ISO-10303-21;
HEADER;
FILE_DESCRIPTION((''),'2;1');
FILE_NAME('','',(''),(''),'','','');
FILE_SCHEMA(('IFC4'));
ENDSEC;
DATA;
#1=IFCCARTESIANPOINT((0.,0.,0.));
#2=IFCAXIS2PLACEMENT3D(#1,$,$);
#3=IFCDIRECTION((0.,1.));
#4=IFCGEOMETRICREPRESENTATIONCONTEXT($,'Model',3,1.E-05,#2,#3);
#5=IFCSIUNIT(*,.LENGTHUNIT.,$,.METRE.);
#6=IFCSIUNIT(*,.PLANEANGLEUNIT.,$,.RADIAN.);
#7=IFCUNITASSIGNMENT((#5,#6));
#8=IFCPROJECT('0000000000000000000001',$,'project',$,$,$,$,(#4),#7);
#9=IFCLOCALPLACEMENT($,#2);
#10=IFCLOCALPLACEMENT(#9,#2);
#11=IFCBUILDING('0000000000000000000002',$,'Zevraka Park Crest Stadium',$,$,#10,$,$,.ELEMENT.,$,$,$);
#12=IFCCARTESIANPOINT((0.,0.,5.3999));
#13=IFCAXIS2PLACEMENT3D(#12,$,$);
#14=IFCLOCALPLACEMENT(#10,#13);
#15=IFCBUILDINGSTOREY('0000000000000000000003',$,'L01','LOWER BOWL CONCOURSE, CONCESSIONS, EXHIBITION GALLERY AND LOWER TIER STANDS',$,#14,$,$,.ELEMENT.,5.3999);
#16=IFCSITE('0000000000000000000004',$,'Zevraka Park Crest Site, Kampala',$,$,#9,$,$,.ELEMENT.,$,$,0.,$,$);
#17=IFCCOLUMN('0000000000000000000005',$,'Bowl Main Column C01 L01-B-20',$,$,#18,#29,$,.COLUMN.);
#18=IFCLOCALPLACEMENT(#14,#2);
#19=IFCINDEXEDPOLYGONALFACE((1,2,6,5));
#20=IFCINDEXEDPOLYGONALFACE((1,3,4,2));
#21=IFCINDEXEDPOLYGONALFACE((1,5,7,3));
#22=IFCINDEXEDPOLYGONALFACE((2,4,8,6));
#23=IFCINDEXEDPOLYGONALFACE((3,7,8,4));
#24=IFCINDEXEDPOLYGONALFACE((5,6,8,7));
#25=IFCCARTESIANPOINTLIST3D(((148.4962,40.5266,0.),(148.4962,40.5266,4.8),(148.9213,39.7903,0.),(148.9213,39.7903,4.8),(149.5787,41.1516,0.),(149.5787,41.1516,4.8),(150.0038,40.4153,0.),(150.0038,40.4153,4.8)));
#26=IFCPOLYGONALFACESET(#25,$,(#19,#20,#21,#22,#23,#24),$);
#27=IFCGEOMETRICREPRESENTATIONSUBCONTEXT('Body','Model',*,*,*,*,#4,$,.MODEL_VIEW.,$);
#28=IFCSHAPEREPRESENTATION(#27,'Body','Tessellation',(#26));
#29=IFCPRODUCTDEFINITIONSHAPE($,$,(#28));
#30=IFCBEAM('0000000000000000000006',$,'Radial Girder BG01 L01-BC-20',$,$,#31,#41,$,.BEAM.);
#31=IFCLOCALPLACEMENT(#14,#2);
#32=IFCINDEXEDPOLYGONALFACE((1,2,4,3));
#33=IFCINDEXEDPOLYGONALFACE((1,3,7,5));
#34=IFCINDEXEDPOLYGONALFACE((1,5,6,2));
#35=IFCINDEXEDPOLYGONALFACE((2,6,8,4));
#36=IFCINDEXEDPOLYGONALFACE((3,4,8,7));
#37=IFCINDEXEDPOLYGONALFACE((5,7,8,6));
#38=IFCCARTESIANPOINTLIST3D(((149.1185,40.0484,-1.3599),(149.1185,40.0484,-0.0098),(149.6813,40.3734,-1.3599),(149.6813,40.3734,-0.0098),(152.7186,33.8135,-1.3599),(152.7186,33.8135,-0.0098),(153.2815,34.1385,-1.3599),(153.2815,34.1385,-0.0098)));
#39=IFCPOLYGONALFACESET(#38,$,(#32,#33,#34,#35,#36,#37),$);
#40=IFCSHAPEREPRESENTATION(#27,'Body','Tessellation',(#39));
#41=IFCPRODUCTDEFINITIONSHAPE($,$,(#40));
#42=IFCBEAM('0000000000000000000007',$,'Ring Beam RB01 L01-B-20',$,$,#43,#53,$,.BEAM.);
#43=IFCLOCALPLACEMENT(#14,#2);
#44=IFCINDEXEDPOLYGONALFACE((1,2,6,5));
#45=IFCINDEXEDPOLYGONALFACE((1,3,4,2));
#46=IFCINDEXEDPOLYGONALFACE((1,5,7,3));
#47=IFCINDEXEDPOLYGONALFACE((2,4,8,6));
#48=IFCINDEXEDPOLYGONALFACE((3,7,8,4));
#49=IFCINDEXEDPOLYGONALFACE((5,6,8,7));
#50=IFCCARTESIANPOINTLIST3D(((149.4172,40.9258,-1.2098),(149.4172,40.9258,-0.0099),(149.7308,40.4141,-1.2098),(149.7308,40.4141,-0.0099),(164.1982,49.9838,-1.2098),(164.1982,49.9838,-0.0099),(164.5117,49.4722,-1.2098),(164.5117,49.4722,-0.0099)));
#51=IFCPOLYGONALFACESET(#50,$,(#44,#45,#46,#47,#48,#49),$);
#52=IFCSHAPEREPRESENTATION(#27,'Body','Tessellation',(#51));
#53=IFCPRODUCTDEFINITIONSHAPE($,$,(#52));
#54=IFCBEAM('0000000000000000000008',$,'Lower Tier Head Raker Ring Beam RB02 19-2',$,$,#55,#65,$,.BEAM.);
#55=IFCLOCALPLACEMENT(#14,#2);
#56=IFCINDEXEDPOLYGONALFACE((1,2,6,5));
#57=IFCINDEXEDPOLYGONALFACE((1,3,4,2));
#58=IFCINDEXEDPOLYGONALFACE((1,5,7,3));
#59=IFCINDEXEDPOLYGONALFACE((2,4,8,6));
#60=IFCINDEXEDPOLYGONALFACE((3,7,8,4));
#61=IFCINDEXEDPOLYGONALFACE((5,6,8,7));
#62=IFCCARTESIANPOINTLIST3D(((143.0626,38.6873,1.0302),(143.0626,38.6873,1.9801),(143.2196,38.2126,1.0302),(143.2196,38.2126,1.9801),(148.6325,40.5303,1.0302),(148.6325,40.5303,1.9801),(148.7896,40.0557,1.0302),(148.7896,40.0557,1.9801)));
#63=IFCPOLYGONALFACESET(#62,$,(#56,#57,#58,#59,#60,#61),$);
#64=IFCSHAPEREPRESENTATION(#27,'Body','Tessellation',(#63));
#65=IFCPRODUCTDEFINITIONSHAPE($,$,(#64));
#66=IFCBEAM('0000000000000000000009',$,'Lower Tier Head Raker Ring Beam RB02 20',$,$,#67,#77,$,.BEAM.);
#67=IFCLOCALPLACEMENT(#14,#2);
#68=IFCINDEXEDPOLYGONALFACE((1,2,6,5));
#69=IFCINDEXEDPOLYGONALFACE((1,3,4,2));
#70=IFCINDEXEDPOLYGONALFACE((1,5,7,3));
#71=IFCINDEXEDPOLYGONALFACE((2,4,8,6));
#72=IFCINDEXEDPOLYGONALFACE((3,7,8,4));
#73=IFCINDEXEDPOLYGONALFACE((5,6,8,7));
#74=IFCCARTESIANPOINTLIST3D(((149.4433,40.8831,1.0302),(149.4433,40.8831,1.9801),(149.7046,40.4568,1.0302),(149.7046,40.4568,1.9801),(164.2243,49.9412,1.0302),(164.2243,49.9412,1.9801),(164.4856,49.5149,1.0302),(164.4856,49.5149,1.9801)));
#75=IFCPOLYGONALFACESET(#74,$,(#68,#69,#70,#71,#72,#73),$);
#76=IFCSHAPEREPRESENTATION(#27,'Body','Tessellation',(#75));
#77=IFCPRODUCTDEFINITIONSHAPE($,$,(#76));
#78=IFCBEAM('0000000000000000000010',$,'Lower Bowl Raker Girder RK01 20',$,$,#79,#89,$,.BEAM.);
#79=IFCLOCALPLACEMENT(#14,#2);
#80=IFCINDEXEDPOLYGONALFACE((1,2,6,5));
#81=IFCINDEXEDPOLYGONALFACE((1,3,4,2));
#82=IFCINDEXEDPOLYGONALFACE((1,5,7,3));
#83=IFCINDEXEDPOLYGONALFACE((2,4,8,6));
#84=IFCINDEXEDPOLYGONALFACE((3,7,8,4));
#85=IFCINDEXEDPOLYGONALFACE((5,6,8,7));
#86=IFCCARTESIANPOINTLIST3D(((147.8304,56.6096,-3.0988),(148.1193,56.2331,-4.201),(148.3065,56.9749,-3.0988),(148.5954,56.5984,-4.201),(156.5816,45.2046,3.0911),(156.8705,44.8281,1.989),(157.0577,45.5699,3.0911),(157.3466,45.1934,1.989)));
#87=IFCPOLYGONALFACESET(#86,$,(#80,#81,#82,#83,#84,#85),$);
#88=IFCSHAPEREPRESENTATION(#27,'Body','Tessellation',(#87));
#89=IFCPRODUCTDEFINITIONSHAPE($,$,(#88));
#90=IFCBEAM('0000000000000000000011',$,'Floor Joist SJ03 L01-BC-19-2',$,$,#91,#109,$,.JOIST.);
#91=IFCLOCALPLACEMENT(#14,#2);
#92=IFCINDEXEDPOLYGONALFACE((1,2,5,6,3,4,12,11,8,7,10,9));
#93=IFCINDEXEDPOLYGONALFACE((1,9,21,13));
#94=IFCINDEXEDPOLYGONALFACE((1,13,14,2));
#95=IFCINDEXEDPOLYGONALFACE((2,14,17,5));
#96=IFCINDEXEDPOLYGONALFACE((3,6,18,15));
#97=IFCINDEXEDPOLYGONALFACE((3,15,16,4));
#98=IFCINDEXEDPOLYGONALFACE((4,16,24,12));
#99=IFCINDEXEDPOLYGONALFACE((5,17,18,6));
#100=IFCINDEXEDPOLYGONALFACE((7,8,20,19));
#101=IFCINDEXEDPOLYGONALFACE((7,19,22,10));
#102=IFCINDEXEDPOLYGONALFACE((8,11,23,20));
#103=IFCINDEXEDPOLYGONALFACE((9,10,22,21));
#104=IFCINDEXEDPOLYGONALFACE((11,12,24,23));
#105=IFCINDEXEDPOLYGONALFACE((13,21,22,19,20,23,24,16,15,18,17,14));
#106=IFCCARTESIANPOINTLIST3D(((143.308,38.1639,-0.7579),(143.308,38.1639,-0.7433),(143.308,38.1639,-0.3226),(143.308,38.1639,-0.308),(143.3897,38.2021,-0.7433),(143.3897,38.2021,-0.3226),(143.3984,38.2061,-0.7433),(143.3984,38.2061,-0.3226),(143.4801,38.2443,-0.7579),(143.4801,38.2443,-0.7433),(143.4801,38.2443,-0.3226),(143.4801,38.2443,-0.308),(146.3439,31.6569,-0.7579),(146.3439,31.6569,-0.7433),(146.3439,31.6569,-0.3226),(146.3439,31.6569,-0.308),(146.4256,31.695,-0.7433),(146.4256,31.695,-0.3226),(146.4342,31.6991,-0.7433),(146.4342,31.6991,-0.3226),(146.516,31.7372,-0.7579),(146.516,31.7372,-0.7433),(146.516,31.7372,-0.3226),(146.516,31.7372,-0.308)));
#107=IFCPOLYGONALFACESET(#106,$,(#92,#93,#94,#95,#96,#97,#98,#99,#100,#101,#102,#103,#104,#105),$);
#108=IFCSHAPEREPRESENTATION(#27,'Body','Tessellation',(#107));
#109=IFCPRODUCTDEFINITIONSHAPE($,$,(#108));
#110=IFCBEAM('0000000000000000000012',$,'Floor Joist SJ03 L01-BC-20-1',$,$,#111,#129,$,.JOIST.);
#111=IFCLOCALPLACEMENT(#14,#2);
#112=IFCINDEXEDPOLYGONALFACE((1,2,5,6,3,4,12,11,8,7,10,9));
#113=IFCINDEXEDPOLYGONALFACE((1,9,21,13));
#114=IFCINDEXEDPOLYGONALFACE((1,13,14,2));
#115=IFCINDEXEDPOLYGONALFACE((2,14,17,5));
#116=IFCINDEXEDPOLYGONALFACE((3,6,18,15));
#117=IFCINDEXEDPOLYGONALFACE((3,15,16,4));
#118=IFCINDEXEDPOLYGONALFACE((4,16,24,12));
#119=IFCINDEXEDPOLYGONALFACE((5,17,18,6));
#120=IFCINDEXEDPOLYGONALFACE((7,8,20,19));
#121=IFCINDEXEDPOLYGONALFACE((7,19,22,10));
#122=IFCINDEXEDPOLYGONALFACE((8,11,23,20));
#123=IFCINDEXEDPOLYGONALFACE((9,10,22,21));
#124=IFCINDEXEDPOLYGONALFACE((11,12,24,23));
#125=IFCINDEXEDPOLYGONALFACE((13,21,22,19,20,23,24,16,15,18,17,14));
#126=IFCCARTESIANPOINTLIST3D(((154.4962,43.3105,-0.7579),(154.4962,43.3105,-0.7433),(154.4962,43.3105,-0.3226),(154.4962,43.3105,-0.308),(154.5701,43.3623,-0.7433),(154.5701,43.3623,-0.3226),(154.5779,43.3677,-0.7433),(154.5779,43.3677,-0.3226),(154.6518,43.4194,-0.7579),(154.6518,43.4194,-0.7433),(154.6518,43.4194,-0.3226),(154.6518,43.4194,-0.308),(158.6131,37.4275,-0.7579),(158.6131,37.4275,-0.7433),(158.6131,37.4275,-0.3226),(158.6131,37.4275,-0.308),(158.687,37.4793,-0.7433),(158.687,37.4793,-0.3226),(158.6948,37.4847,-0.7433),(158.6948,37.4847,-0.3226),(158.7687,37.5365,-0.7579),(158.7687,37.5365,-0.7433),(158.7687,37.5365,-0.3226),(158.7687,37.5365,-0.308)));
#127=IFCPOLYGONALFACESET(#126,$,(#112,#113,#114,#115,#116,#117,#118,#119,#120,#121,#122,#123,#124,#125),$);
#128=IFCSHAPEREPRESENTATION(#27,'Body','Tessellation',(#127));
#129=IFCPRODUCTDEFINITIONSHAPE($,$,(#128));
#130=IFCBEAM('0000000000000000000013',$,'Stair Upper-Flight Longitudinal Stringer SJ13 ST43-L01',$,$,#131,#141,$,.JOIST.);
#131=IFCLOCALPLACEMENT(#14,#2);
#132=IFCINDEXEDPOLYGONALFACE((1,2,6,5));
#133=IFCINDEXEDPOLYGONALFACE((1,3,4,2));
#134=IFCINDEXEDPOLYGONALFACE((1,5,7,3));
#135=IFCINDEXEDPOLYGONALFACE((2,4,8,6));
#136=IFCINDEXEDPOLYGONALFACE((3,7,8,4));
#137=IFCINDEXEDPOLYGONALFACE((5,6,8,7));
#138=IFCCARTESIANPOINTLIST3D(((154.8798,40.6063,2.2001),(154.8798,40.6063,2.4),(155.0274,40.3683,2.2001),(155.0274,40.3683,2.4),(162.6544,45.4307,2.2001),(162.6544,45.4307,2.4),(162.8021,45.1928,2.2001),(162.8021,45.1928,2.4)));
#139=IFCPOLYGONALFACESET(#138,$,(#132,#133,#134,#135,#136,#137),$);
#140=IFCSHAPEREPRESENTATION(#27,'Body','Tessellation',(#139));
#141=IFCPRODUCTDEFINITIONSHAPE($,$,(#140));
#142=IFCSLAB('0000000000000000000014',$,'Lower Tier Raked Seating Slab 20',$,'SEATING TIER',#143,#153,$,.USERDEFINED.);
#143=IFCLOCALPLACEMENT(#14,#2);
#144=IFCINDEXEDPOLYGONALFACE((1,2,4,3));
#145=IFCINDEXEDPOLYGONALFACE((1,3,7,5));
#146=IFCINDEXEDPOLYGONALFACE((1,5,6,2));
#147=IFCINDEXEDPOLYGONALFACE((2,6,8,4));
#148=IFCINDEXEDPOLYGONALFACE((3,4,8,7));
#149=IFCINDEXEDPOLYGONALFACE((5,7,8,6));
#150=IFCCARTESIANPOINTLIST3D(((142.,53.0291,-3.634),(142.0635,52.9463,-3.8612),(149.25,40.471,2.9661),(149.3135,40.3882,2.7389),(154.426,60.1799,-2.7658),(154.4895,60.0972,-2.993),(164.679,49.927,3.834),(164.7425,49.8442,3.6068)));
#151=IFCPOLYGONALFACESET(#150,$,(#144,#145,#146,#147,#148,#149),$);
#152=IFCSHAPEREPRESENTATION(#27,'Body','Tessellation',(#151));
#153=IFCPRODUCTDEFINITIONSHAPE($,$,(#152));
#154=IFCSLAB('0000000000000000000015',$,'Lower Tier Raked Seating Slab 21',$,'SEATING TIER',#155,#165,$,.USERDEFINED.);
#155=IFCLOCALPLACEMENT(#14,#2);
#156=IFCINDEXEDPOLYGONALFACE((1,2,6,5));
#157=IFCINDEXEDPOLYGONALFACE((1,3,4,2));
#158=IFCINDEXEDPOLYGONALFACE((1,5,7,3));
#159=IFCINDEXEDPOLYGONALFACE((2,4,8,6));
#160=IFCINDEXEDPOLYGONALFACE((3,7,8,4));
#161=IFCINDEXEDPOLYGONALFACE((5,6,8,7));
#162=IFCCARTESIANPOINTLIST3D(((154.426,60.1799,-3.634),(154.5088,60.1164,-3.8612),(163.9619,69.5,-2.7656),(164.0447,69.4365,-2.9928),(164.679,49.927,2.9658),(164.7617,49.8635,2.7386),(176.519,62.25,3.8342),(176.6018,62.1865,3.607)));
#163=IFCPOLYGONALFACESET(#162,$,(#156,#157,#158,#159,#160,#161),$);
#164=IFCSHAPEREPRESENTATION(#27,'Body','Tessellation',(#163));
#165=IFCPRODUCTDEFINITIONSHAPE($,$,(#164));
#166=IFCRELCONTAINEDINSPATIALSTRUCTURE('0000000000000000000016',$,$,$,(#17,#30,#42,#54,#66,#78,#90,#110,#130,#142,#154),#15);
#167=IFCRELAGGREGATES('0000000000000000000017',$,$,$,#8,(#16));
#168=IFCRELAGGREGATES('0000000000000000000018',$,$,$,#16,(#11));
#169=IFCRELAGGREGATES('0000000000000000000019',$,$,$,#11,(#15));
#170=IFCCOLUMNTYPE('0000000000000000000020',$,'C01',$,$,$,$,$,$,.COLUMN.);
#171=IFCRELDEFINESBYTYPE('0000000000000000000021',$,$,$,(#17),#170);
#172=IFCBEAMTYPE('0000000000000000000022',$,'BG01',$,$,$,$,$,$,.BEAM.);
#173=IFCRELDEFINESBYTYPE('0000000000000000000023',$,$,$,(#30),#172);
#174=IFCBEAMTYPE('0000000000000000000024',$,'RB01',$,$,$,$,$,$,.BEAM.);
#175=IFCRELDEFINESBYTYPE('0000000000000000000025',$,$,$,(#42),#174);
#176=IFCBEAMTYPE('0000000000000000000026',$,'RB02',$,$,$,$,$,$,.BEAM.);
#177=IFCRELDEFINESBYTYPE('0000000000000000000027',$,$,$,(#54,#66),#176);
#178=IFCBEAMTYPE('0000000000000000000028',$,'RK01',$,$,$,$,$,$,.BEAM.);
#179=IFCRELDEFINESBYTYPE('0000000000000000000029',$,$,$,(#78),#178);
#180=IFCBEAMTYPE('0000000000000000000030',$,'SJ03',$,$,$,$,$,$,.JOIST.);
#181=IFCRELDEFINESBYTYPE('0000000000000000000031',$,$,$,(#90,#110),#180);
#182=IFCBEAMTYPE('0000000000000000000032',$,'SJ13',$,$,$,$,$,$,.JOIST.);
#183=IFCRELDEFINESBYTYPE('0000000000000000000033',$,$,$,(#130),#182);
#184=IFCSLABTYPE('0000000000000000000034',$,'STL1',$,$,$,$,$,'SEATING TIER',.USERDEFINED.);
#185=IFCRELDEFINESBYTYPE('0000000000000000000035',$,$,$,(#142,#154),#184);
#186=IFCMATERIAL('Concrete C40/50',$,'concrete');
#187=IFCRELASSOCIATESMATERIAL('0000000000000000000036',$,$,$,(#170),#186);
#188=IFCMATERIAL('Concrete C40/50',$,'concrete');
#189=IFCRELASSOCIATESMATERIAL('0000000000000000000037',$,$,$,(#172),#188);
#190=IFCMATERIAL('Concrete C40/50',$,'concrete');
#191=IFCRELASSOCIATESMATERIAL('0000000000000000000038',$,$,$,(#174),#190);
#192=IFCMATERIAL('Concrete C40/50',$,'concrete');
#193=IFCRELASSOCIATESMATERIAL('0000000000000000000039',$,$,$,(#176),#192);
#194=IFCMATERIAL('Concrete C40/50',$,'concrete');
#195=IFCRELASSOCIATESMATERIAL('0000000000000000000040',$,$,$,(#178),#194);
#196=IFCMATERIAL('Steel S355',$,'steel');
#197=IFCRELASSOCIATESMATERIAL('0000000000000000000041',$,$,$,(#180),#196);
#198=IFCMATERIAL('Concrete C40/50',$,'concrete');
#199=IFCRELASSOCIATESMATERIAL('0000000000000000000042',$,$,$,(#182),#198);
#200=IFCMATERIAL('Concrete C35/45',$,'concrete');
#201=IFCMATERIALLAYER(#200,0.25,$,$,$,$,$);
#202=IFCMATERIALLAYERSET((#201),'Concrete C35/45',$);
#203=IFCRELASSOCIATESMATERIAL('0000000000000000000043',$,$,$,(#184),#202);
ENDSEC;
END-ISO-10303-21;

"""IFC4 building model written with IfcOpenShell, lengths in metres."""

from ifc_helpers import new_model, si_unit, direction, frame, origin, origin_2d, place, context, subcontext, project, spatial, polyline, rectangle, i_section, outline, extrude, material, layer, layer_set, material_profile, profile_set, type_object, element, save


model = new_model("IFC4")

# Units and contexts
model_context = context("Model", 3, precision=1e-05, world=origin(), true_north=direction((0.0, 1.0)))
body_context = subcontext(model_context, "Body", "Model", "MODEL_VIEW")
ifc_project = project(units=[si_unit("LENGTHUNIT", "METRE"), si_unit("PLANEANGLEUNIT", "RADIAN")], contexts=[model_context])

# Site, building, storey
site_placement = place(None, origin())
site = spatial("IfcSite", under=ifc_project, at=site_placement, Name="Zevraka Park Crest Site, Kampala", CompositionType="ELEMENT", RefElevation=0.0)
building_placement = place(site_placement, origin())
building = spatial("IfcBuilding", under=site, at=building_placement, Name="Zevraka Park Crest Stadium", CompositionType="ELEMENT")
storey_placement = place(building_placement, frame((0.0, 0.0, 5.3999)))
storey = spatial("IfcBuildingStorey", under=building, at=storey_placement, Name="L01", Description="LOWER BOWL CONCOURSE, CONCESSIONS, EXHIBITION GALLERY AND LOWER TIER STANDS", CompositionType="ELEMENT", Elevation=5.3999)

# Column
ifc_material_1 = material(Name="Concrete C40/50", Category="concrete")
ifc_material_profile_1 = material_profile(ifc_material_1, rectangle(XDim=0.8501, YDim=1.25, at=origin_2d()), Name="RC 1250x850")
ifc_profile_set_1 = profile_set([ifc_material_profile_1], Name="Concrete C40/50")
column_type = type_object("IfcColumnType", Name="C01", PredefinedType="COLUMN", material=ifc_profile_set_1)
column_placement = place(storey_placement, frame((149.25, 40.4709, 0.0), z_axis=(0.0, 0.0, 1.0), x_axis=(-0.5, 0.866025, 0.0)))
element("IfcColumn", 1, at=column_placement, inside=storey, type_object=column_type, Name="Bowl Main Column C01 L01-B-20", PredefinedType="COLUMN", context=body_context, shape_type="SweptSolid", body=[
    extrude(rectangle(XDim=0.8501, YDim=1.25, at=origin_2d()), origin(), (0.0, 0.0, 1.0), 4.8),
])

# Beams
ifc_material_2 = material(Name="Concrete C40/50", Category="concrete")
ifc_material_profile_2 = material_profile(ifc_material_2, rectangle(XDim=0.6499, YDim=1.3501, at=origin_2d()), Name="RC 1350x650")
ifc_profile_set_2 = profile_set([ifc_material_profile_2], Name="Concrete C40/50")
beam_type_1 = type_object("IfcBeamType", Name="BG01", PredefinedType="BEAM", material=ifc_profile_set_2)
beam_1_placement = place(storey_placement, frame((149.3999, 40.2109, -0.6848), z_axis=(0.500041, -0.866001, 0.0), x_axis=(0.866001, 0.500041, 0.0)))
element("IfcBeam", 2, at=beam_1_placement, inside=storey, type_object=beam_type_1, Name="Radial Girder BG01 L01-BC-20", PredefinedType="BEAM", context=body_context, shape_type="SweptSolid", body=[
    extrude(rectangle(XDim=0.6499, YDim=1.3501, at=origin_2d()), origin(), (0.0, 0.0, 1.0), 7.1997),
])
ifc_material_3 = material(Name="Concrete C40/50", Category="concrete")
ifc_material_profile_3 = material_profile(ifc_material_3, rectangle(XDim=0.6001, YDim=1.2, at=origin_2d()), Name="RC 1200x600")
ifc_profile_set_3 = profile_set([ifc_material_profile_3], Name="Concrete C40/50")
beam_type_2 = type_object("IfcBeamType", Name="RB01", PredefinedType="BEAM", material=ifc_profile_set_3)
beam_2_placement = place(storey_placement, frame((149.574, 40.6699, -0.6099), z_axis=(0.852633, 0.522511, 0.0), x_axis=(-0.522511, 0.852633, 0.0)))
element("IfcBeam", 3, at=beam_2_placement, inside=storey, type_object=beam_type_2, Name="Ring Beam RB01 L01-B-20", PredefinedType="BEAM", context=body_context, shape_type="SweptSolid", body=[
    extrude(rectangle(XDim=0.6001, YDim=1.2, at=origin_2d()), origin(), (0.0, 0.0, 1.0), 17.3357),
])
ifc_material_4 = material(Name="Concrete C40/50", Category="concrete")
ifc_material_profile_4 = material_profile(ifc_material_4, rectangle(XDim=0.5, YDim=0.95, at=origin_2d()), Name="RC 950x500")
ifc_profile_set_4 = profile_set([ifc_material_profile_4], Name="Concrete C40/50")
beam_type_3 = type_object("IfcBeamType", Name="RB02", PredefinedType="BEAM", material=ifc_profile_set_4)
beam_3_placement = place(storey_placement, frame((143.1411, 38.45, 1.5051), z_axis=(0.949376, 0.314142, 0.0), x_axis=(-0.314142, 0.949376, 0.0)))
element("IfcBeam", 4, at=beam_3_placement, inside=storey, type_object=beam_type_3, Name="Lower Tier Head Raker Ring Beam RB02 19-2", PredefinedType="BEAM", context=body_context, shape_type="SweptSolid", body=[
    extrude(rectangle(XDim=0.5, YDim=0.95, at=origin_2d()), origin(), (0.0, 0.0, 1.0), 5.8669),
])
beam_4_placement = place(storey_placement, frame((149.574, 40.6699, 1.5051), z_axis=(0.852633, 0.522511, 0.0), x_axis=(-0.522511, 0.852633, 0.0)))
element("IfcBeam", 5, at=beam_4_placement, inside=storey, type_object=beam_type_3, Name="Lower Tier Head Raker Ring Beam RB02 20", PredefinedType="BEAM", context=body_context, shape_type="SweptSolid", body=[
    extrude(rectangle(XDim=0.5, YDim=0.95, at=origin_2d()), origin(), (0.0, 0.0, 1.0), 17.3357),
])
ifc_material_5 = material(Name="Concrete C40/50", Category="concrete")
ifc_material_profile_5 = material_profile(ifc_material_5, rectangle(XDim=0.6001, YDim=1.2, at=origin_2d()), Name="RC 1200x600")
ifc_profile_set_5 = profile_set([ifc_material_profile_5], Name="Concrete C40/50")
beam_type_4 = type_object("IfcBeamType", Name="RK01", PredefinedType="BEAM", material=ifc_profile_set_5)
beam_5_placement = place(storey_placement, frame((148.2129, 56.604, -3.6499), z_axis=(0.559125, -0.728679, 0.395482), x_axis=(0.793359, 0.608754, 0.0)))
element("IfcBeam", 6, at=beam_5_placement, inside=storey, type_object=beam_type_4, Name="Lower Bowl Raker Girder RK01 20", PredefinedType="BEAM", context=body_context, shape_type="SweptSolid", body=[
    extrude(rectangle(XDim=0.6001, YDim=1.2, at=origin_2d()), origin(), (0.0, 0.0, 1.0), 15.6516),
])
ifc_material_6 = material(Name="Steel S355", Category="steel")
ifc_material_profile_6 = material_profile(ifc_material_6, i_section(OverallWidth=0.1899, OverallDepth=0.45, WebThickness=0.0095, FlangeThickness=0.0146, at=origin_2d()), Name="IPE 450")
ifc_profile_set_6 = profile_set([ifc_material_profile_6], Name="Steel S355")
beam_type_5 = type_object("IfcBeamType", Name="SJ03", PredefinedType="JOIST", material=ifc_profile_set_6)
for number, where, z_axis, x_axis, name in (
    (7, (143.394, 38.2041, -0.533), (0.4228, -0.906223, 0.0), (0.906223, 0.4228, 0.0), "Floor Joist SJ03 L01-BC-19-2"),
    (8, (154.574, 43.365, -0.533), (0.573351, -0.81931, 0.0), (0.81931, 0.573351, 0.0), "Floor Joist SJ03 L01-BC-20-1"),
):
    element("IfcBeam", number, at=place(storey_placement, frame(where, z_axis=z_axis, x_axis=x_axis)), inside=storey, type_object=beam_type_5, Name=name, PredefinedType="JOIST", context=body_context, shape_type="SweptSolid", body=[
        extrude(i_section(OverallWidth=0.1899, OverallDepth=0.45, WebThickness=0.0095, FlangeThickness=0.0146, at=origin_2d()), origin(), (0.0, 0.0, 1.0), 7.1804),
    ])
ifc_material_7 = material(Name="Concrete C40/50", Category="concrete")
ifc_material_profile_7 = material_profile(ifc_material_7, rectangle(XDim=0.28, YDim=0.2, at=origin_2d()), Name="RC 200x280")
ifc_profile_set_7 = profile_set([ifc_material_profile_7], Name="Concrete C40/50")
beam_type_6 = type_object("IfcBeamType", Name="SJ13", PredefinedType="JOIST", material=ifc_profile_set_7)
beam_6_placement = place(storey_placement, frame((154.9536, 40.4873, 2.3), z_axis=(0.849698, 0.527269, 0.0), x_axis=(-0.527269, 0.849698, 0.0)))
element("IfcBeam", 9, at=beam_6_placement, inside=storey, type_object=beam_type_6, Name="Stair Upper-Flight Longitudinal Stringer SJ13 ST43-L01", PredefinedType="JOIST", context=body_context, shape_type="SweptSolid", body=[
    extrude(rectangle(XDim=0.28, YDim=0.2, at=origin_2d()), origin(), (0.0, 0.0, 1.0), 9.1499),
])

# Slabs
ifc_material_8 = material(Name="Concrete C35/45", Category="concrete")
ifc_layer_1 = layer(ifc_material_8, 0.25)
ifc_layer_set_1 = layer_set([ifc_layer_1], Name="Concrete C35/45")
slab_type = type_object("IfcSlabType", Name="STL1", ElementType="SEATING TIER", PredefinedType="USERDEFINED", material=ifc_layer_set_1)
slab_1_placement = place(storey_placement, frame((142.0, 53.0291, -3.634), z_axis=(-0.253987, 0.331009, 0.908804), x_axis=(0.865142, 0.49787, 0.060448)))
element("IfcSlab", 10, at=slab_1_placement, inside=storey, type_object=slab_type, Name="Lower Tier Raked Seating Slab 20", ObjectType="SEATING TIER", PredefinedType="USERDEFINED", context=body_context, shape_type="SweptSolid", body=[
    extrude(outline(polyline([(0.0, 0.0), (14.363, 0.0), (18.5275, -15.3772), (0.4189, -15.9265), (0.0, 0.0)])), origin(), (0.0, 0.0, -1.0), 0.25),
])
slab_2_placement = place(storey_placement, frame((154.426, 60.1799, -3.634), z_axis=(-0.331008, 0.253993, 0.908802), x_axis=(0.713641, 0.69749, 0.06499)))
element("IfcSlab", 11, at=slab_2_placement, inside=storey, type_object=slab_type, Name="Lower Tier Raked Seating Slab 21", ObjectType="SEATING TIER", PredefinedType="USERDEFINED", context=body_context, shape_type="SweptSolid", body=[
    extrude(outline(polyline([(0.0, 0.0), (13.3623, 0.0), (17.6957, -15.3305), (0.5945, -15.9201), (0.0, 0.0)])), origin(), (0.0, 0.0, -1.0), 0.25),
])

save(model, "model.ifc")
